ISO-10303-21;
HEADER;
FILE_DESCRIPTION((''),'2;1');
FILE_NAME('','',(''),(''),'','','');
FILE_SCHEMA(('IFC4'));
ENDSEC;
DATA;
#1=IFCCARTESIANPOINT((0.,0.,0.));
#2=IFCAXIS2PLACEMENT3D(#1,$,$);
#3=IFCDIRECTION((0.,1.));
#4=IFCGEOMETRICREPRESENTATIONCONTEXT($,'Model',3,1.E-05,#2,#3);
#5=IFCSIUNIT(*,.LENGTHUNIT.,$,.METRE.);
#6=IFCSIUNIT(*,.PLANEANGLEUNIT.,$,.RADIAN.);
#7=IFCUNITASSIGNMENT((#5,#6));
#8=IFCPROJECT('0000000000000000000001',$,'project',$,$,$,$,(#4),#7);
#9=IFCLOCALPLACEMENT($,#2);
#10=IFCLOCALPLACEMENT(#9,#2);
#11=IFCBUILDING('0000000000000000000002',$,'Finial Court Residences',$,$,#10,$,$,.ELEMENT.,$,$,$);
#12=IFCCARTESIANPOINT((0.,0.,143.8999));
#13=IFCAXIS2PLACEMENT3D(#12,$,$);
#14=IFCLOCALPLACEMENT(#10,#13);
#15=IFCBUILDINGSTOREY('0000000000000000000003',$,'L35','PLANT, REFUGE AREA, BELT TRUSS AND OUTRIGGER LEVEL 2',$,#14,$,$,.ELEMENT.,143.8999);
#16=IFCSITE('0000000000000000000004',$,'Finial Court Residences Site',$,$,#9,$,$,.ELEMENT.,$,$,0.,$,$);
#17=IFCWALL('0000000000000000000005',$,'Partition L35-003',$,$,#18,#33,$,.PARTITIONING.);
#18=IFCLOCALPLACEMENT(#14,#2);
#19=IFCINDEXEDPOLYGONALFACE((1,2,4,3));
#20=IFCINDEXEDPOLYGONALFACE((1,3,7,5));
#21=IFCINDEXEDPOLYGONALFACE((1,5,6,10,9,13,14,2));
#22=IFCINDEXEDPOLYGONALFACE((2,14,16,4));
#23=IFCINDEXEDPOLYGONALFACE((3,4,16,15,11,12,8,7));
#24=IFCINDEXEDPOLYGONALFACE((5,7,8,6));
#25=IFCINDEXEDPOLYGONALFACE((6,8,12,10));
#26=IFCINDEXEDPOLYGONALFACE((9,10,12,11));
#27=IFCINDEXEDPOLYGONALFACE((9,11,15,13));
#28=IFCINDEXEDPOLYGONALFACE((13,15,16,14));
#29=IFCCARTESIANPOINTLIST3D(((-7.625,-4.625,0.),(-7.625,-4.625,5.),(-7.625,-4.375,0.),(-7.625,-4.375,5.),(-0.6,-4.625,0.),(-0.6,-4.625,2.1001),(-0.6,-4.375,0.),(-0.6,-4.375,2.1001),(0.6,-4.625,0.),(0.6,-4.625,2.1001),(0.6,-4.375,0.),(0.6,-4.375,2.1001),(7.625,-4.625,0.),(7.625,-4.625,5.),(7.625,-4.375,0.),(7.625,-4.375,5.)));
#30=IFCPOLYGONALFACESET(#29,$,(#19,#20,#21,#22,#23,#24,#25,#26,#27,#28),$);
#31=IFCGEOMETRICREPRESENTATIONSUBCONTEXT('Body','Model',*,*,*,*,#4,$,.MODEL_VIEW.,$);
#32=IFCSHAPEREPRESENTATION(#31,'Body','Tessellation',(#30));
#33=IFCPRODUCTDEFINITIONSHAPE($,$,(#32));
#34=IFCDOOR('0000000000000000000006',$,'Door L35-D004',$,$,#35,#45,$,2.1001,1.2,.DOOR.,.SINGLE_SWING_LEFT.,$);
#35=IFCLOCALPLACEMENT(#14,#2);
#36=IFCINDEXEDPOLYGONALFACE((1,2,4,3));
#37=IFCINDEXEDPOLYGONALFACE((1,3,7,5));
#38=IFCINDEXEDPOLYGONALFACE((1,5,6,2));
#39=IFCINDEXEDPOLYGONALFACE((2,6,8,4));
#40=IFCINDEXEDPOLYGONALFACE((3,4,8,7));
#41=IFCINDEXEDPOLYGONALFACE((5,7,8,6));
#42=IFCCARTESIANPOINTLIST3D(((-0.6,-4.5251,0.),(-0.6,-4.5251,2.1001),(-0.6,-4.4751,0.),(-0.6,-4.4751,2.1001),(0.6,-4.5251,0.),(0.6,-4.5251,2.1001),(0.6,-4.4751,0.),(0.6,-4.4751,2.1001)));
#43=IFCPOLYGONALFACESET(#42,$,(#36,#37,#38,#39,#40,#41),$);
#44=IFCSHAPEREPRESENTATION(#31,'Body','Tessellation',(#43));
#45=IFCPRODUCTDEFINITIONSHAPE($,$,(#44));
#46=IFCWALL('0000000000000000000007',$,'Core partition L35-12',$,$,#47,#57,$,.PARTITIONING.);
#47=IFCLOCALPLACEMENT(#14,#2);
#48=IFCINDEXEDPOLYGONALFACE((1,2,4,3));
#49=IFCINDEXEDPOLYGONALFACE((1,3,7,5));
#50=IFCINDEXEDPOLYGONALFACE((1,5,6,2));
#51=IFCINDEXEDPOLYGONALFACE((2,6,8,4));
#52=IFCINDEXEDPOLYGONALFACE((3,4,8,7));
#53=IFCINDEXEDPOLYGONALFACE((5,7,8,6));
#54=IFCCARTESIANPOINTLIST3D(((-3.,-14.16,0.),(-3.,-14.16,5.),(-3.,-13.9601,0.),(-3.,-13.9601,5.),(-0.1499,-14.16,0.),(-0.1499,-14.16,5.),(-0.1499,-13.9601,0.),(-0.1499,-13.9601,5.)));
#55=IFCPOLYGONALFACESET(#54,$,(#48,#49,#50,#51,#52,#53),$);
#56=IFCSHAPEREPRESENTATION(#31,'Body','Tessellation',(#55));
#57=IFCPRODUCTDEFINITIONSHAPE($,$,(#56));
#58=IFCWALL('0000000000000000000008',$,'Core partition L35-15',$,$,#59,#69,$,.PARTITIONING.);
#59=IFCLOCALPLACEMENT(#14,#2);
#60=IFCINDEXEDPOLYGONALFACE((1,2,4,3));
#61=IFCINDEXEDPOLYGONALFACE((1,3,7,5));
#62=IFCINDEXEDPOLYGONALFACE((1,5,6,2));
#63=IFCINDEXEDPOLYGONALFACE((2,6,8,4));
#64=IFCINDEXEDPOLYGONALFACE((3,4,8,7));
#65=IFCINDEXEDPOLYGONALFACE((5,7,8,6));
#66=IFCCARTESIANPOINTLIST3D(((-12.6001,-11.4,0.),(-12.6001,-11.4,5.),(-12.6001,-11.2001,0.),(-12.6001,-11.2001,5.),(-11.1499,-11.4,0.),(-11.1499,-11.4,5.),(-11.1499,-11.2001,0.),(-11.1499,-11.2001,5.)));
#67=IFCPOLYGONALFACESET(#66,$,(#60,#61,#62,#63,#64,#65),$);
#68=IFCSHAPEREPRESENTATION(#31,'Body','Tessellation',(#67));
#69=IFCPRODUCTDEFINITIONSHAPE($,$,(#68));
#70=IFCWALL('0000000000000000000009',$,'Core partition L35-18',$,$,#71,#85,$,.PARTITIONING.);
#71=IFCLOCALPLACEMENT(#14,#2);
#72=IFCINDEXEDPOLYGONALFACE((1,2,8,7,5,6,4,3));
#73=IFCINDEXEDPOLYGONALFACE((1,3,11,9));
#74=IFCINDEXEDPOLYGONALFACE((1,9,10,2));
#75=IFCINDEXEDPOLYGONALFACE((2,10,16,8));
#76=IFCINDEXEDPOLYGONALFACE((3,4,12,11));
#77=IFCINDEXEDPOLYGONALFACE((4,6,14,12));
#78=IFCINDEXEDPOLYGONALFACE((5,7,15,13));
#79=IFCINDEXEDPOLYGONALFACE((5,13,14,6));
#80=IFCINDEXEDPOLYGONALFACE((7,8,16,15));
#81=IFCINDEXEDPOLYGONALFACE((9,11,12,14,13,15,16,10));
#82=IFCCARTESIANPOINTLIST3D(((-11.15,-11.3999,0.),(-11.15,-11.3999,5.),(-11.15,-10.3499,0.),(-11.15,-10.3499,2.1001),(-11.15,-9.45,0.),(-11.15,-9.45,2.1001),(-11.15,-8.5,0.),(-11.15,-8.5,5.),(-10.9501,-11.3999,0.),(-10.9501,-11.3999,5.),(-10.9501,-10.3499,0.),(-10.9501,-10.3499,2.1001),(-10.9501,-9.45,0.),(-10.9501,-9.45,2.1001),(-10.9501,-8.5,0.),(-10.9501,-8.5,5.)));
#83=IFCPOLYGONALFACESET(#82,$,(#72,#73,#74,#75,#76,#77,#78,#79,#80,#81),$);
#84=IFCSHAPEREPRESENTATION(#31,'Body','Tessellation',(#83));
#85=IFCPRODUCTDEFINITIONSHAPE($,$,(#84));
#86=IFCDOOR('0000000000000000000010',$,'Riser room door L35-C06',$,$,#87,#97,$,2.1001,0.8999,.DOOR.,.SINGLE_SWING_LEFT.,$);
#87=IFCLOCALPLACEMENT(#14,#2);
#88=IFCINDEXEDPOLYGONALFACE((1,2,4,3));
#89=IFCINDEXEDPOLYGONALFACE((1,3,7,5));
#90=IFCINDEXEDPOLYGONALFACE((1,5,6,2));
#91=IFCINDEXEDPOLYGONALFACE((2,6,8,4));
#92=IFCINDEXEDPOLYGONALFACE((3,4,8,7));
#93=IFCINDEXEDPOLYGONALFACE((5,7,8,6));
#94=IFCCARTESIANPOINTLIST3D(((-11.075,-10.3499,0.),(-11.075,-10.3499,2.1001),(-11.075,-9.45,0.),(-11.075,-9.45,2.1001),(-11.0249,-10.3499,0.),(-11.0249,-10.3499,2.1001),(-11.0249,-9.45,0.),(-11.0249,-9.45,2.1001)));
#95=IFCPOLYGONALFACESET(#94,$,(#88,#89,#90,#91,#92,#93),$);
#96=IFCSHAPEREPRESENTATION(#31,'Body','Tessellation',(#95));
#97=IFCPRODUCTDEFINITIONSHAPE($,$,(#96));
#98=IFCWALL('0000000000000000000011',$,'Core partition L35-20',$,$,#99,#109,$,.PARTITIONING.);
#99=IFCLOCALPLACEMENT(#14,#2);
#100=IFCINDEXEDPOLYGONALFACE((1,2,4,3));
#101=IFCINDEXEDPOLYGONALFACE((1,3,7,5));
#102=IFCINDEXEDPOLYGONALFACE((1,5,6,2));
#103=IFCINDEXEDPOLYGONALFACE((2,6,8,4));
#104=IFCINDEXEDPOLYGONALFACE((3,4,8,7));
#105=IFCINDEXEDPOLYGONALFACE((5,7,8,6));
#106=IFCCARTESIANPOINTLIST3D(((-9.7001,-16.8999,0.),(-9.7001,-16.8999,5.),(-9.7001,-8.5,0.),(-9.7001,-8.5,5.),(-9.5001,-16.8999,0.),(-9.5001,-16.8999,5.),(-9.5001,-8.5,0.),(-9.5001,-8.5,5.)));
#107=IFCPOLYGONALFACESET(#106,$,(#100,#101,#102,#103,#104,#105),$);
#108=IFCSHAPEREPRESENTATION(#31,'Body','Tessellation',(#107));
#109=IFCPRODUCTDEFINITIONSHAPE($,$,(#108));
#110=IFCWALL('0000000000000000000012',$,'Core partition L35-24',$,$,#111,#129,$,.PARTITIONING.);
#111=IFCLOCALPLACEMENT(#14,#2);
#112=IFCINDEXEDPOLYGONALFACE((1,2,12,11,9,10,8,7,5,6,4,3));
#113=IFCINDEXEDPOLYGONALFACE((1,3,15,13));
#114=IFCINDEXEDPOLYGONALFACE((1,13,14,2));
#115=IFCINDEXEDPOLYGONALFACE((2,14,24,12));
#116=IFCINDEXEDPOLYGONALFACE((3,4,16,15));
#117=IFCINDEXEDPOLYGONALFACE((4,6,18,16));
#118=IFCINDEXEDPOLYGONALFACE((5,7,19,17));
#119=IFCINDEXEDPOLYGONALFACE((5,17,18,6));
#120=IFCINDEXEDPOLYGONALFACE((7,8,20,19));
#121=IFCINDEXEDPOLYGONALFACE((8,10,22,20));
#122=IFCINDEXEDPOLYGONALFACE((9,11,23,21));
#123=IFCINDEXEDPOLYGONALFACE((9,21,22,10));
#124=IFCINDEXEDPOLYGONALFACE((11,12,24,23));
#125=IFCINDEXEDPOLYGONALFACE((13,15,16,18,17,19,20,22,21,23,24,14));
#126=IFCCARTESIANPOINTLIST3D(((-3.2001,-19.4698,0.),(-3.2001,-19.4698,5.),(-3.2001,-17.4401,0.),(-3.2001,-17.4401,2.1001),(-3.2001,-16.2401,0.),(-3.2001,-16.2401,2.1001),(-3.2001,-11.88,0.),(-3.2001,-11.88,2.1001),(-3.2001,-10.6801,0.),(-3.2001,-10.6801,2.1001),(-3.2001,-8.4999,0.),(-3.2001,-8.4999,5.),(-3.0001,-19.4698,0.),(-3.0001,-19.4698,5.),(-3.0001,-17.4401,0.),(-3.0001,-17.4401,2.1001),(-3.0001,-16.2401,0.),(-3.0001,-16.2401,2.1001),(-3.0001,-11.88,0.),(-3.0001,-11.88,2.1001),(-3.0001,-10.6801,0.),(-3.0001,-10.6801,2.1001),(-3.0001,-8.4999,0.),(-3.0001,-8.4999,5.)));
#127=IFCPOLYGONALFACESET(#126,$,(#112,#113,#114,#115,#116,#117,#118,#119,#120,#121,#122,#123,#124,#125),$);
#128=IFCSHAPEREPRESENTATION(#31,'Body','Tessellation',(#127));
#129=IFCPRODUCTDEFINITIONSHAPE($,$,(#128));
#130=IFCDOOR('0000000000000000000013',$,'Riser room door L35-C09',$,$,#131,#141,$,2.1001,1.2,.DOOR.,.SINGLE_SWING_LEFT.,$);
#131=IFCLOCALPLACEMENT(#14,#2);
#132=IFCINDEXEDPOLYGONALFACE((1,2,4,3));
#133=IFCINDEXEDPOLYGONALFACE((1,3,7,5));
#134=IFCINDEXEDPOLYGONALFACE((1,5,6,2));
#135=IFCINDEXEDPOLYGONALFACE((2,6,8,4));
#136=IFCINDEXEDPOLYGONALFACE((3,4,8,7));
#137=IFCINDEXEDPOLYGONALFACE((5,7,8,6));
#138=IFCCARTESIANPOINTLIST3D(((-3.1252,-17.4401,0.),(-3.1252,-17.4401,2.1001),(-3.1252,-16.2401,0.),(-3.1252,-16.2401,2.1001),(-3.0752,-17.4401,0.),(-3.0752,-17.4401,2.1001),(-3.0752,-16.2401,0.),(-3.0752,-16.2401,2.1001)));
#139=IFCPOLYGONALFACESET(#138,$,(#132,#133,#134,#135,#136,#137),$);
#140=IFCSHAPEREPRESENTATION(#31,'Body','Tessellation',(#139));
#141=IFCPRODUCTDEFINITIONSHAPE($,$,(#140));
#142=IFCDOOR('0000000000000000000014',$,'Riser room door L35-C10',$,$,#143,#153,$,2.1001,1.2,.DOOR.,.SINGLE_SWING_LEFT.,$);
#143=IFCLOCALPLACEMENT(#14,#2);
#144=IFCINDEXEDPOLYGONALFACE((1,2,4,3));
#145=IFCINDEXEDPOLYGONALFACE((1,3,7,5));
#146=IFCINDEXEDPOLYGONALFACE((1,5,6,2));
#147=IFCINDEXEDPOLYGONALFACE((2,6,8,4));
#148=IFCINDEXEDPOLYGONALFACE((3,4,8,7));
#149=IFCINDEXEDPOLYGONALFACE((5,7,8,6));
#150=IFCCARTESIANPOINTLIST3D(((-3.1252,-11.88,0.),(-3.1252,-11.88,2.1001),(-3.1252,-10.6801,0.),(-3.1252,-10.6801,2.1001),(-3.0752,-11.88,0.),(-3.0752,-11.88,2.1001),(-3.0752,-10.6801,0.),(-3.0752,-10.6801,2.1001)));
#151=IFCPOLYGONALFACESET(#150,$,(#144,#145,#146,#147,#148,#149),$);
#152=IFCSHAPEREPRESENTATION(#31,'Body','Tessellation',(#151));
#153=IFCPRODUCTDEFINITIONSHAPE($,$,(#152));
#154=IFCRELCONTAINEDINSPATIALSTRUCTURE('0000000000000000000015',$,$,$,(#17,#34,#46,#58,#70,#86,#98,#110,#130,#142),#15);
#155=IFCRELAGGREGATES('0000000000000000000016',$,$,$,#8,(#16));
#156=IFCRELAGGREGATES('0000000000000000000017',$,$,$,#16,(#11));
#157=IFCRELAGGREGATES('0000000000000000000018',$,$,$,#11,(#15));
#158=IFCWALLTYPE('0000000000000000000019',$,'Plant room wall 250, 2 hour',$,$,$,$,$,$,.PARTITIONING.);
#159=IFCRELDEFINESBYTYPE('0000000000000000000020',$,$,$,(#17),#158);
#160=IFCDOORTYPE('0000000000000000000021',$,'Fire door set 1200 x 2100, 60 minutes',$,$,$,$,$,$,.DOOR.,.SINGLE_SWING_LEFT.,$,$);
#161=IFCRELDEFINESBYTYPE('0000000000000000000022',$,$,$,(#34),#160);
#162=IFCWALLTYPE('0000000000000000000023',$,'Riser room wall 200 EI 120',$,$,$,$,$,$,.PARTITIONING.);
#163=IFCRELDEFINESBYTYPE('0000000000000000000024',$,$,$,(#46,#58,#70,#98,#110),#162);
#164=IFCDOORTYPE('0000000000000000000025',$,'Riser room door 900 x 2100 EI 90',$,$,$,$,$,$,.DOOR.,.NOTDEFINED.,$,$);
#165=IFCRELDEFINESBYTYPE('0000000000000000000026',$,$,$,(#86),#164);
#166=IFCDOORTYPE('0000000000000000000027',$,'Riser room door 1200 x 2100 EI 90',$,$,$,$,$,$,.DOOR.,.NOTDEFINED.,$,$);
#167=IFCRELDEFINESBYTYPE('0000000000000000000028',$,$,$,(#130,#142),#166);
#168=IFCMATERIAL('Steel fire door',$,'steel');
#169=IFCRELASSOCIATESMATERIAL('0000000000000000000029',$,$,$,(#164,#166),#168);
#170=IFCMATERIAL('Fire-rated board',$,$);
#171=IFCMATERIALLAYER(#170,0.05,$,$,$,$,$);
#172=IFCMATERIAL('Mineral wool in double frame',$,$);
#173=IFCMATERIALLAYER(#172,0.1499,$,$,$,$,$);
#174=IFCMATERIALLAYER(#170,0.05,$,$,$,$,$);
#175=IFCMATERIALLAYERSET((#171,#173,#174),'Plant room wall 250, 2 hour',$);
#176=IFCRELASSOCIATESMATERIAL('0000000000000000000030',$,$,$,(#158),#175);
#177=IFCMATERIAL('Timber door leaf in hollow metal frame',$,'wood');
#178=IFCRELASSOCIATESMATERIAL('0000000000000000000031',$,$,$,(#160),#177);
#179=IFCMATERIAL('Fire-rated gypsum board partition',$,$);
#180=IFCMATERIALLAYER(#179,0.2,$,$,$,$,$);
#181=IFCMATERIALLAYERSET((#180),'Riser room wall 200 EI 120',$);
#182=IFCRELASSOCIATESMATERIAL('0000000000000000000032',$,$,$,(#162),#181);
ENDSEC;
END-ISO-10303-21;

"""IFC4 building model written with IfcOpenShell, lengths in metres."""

from ifc_helpers import new_model, si_unit, direction, frame, frame_2d, origin, place, context, subcontext, project, spatial, rectangle, extrude, material, layer, layer_set, type_object, element, fill, save


model = new_model("IFC4")

# Units and contexts
model_context = context("Model", 3, precision=1e-05, world=origin(), true_north=direction((0.0, 1.0)))
body_context = subcontext(model_context, "Body", "Model", "MODEL_VIEW")
ifc_project = project(units=[si_unit("LENGTHUNIT", "METRE"), si_unit("PLANEANGLEUNIT", "RADIAN")], contexts=[model_context])

# Site, building, storey
site_placement = place(None, origin())
site = spatial("IfcSite", under=ifc_project, at=site_placement, Name="Finial Court Residences Site", CompositionType="ELEMENT", RefElevation=0.0)
building_placement = place(site_placement, origin())
building = spatial("IfcBuilding", under=site, at=building_placement, Name="Finial Court Residences", CompositionType="ELEMENT")
storey_placement = place(building_placement, frame((0.0, 0.0, 143.8999)))
storey = spatial("IfcBuildingStorey", under=building, at=storey_placement, Name="L35", Description="PLANT, REFUGE AREA, BELT TRUSS AND OUTRIGGER LEVEL 2", CompositionType="ELEMENT", Elevation=143.8999)

# Shared definitions
ifc_material_1 = material(Name="Steel fire door", Category="steel")
door_type_1 = type_object("IfcDoorType", Name="Riser room door 900 x 2100 EI 90", OperationType="NOTDEFINED", PredefinedType="DOOR", material=ifc_material_1)

# Wall, opening, door
ifc_material_2 = material(Name="Fire-rated board")
ifc_layer_1 = layer(ifc_material_2, 0.05)
ifc_material_3 = material(Name="Mineral wool in double frame")
ifc_layer_2 = layer(ifc_material_3, 0.1499)
ifc_layer_3 = layer(ifc_material_2, 0.05)
ifc_layer_set_1 = layer_set([ifc_layer_1, ifc_layer_2, ifc_layer_3], Name="Plant room wall 250, 2 hour")
wall_type_1 = type_object("IfcWallType", Name="Plant room wall 250, 2 hour", PredefinedType="PARTITIONING", material=ifc_layer_set_1)
wall_1_placement = place(storey_placement, frame((-7.625, -4.5, 0.0), z_axis=(0.0, 0.0, 1.0), x_axis=(1.0, 0.0, 0.0)))
wall_1 = element("IfcWall", 1, at=wall_1_placement, inside=storey, type_object=wall_type_1, Name="Partition L35-003", PredefinedType="PARTITIONING", context=body_context, shape_type="SweptSolid", body=[
    extrude(rectangle(XDim=15.25, YDim=0.25, at=frame_2d((7.625, 0.0))), origin(), (0.0, 0.0, 1.0), 5.0),
])
opening_1_placement = place(wall_1_placement, frame((7.0249, 0.0, 0.0)))
opening_1 = element("IfcOpeningElement", 2, at=opening_1_placement, cuts=wall_1, PredefinedType="OPENING", context=body_context, shape_type="SweptSolid", body=[
    extrude(rectangle(XDim=1.2, YDim=2.1001, at=frame_2d((0.6001, 1.05))), frame((0.0, 0.135, 0.0), z_axis=(0.0, -1.0, 0.0), x_axis=(1.0, 0.0, 0.0)), (0.0, 0.0, 1.0), 0.27),
])
ifc_material_4 = material(Name="Timber door leaf in hollow metal frame", Category="wood")
door_type_2 = type_object("IfcDoorType", Name="Fire door set 1200 x 2100, 60 minutes", OperationType="SINGLE_SWING_LEFT", PredefinedType="DOOR", material=ifc_material_4)
door_1_placement = place(opening_1_placement, origin())
door_1 = element("IfcDoor", 3, at=door_1_placement, inside=storey, type_object=door_type_2, Name="Door L35-D004", OperationType="SINGLE_SWING_LEFT", OverallHeight=2.1001, OverallWidth=1.2, PredefinedType="DOOR", context=body_context, shape_type="SweptSolid", body=[
    extrude(rectangle(XDim=1.2, YDim=2.1001, at=frame_2d((0.6001, 1.05))), frame((0.0, 0.0249, 0.0), z_axis=(0.0, -1.0, 0.0), x_axis=(1.0, 0.0, 0.0)), (0.0, 0.0, 1.0), 0.05),
])
fill(opening_1, door_1)

# Walls
ifc_material_5 = material(Name="Fire-rated gypsum board partition")
ifc_layer_4 = layer(ifc_material_5, 0.2)
ifc_layer_set_2 = layer_set([ifc_layer_4], Name="Riser room wall 200 EI 120")
wall_type_2 = type_object("IfcWallType", Name="Riser room wall 200 EI 120", PredefinedType="PARTITIONING", material=ifc_layer_set_2)
wall_2_placement = place(storey_placement, frame((-3.0, -14.0601, 0.0), z_axis=(0.0, 0.0, 1.0), x_axis=(1.0, 0.0, 0.0)))
element("IfcWall", 4, at=wall_2_placement, inside=storey, type_object=wall_type_2, Name="Core partition L35-12", PredefinedType="PARTITIONING", context=body_context, shape_type="SweptSolid", body=[
    extrude(rectangle(XDim=2.8501, YDim=0.2, at=frame_2d((1.425, 0.0))), origin(), (0.0, 0.0, 1.0), 5.0),
])
wall_3_placement = place(storey_placement, frame((-12.6001, -11.3, 0.0), z_axis=(0.0, 0.0, 1.0), x_axis=(1.0, 0.0, 0.0)))
element("IfcWall", 5, at=wall_3_placement, inside=storey, type_object=wall_type_2, Name="Core partition L35-15", PredefinedType="PARTITIONING", context=body_context, shape_type="SweptSolid", body=[
    extrude(rectangle(XDim=1.4502, YDim=0.2, at=frame_2d((0.7251, 0.0))), origin(), (0.0, 0.0, 1.0), 5.0),
])

# Wall, opening, door
wall_4_placement = place(storey_placement, frame((-11.05, -11.3999, 0.0), z_axis=(0.0, 0.0, 1.0), x_axis=(0.0, 1.0, 0.0)))
wall_4 = element("IfcWall", 6, at=wall_4_placement, inside=storey, type_object=wall_type_2, Name="Core partition L35-18", PredefinedType="PARTITIONING", context=body_context, shape_type="SweptSolid", body=[
    extrude(rectangle(XDim=2.8999, YDim=0.2, at=frame_2d((1.45, 0.0))), origin(), (0.0, 0.0, 1.0), 5.0),
])
opening_2_placement = place(wall_4_placement, frame((1.05, 0.0, 0.0)))
opening_2 = element("IfcOpeningElement", 7, at=opening_2_placement, cuts=wall_4, PredefinedType="OPENING", context=body_context, shape_type="SweptSolid", body=[
    extrude(rectangle(XDim=0.8999, YDim=2.1001, at=frame_2d((0.45, 1.05))), frame((0.0, 0.1099, 0.0), z_axis=(0.0, -1.0, 0.0), x_axis=(1.0, 0.0, 0.0)), (0.0, 0.0, 1.0), 0.22),
])
door_2_placement = place(opening_2_placement, origin())
door_2 = element("IfcDoor", 8, at=door_2_placement, inside=storey, type_object=door_type_1, Name="Riser room door L35-C06", OperationType="SINGLE_SWING_LEFT", OverallHeight=2.1001, OverallWidth=0.8999, PredefinedType="DOOR", context=body_context, shape_type="SweptSolid", body=[
    extrude(rectangle(XDim=0.8999, YDim=2.1001, at=frame_2d((0.45, 1.05))), frame((0.0, 0.0249, 0.0), z_axis=(0.0, -1.0, 0.0), x_axis=(1.0, 0.0, 0.0)), (0.0, 0.0, 1.0), 0.05),
])
fill(opening_2, door_2)

# Wall
wall_5_placement = place(storey_placement, frame((-9.6001, -16.8999, 0.0), z_axis=(0.0, 0.0, 1.0), x_axis=(0.0, 1.0, 0.0)))
element("IfcWall", 9, at=wall_5_placement, inside=storey, type_object=wall_type_2, Name="Core partition L35-20", PredefinedType="PARTITIONING", context=body_context, shape_type="SweptSolid", body=[
    extrude(rectangle(XDim=8.3999, YDim=0.2, at=frame_2d((4.2, 0.0))), origin(), (0.0, 0.0, 1.0), 5.0),
])

# Wall, openings, doors
wall_6_placement = place(storey_placement, frame((-3.1001, -8.5, 0.0), z_axis=(0.0, 0.0, 1.0), x_axis=(0.0, -1.0, 0.0)))
wall_6 = element("IfcWall", 10, at=wall_6_placement, inside=storey, type_object=wall_type_2, Name="Core partition L35-24", PredefinedType="PARTITIONING", context=body_context, shape_type="SweptSolid", body=[
    extrude(rectangle(XDim=10.97, YDim=0.2, at=frame_2d((5.4849, 0.0))), origin(), (0.0, 0.0, 1.0), 5.0),
])
opening_3_placement = place(wall_6_placement, frame((7.74, 0.0, 0.0)))
opening_3 = element("IfcOpeningElement", 11, at=opening_3_placement, cuts=wall_6, PredefinedType="OPENING", context=body_context, shape_type="SweptSolid", body=[
    extrude(rectangle(XDim=1.2, YDim=2.1001, at=frame_2d((0.6001, 1.05))), frame((0.0, 0.1099, 0.0), z_axis=(0.0, -1.0, 0.0), x_axis=(1.0, 0.0, 0.0)), (0.0, 0.0, 1.0), 0.22),
])
opening_4_placement = place(wall_6_placement, frame((2.1799, 0.0, 0.0)))
opening_4 = element("IfcOpeningElement", 12, at=opening_4_placement, cuts=wall_6, PredefinedType="OPENING", context=body_context, shape_type="SweptSolid", body=[
    extrude(rectangle(XDim=1.2, YDim=2.1001, at=frame_2d((0.6001, 1.05))), frame((0.0, 0.1099, 0.0), z_axis=(0.0, -1.0, 0.0), x_axis=(1.0, 0.0, 0.0)), (0.0, 0.0, 1.0), 0.22),
])
door_type_3 = type_object("IfcDoorType", Name="Riser room door 1200 x 2100 EI 90", OperationType="NOTDEFINED", PredefinedType="DOOR", material=ifc_material_1)
door_3_placement = place(opening_3_placement, origin())
door_3 = element("IfcDoor", 13, at=door_3_placement, inside=storey, type_object=door_type_3, Name="Riser room door L35-C09", OperationType="SINGLE_SWING_LEFT", OverallHeight=2.1001, OverallWidth=1.2, PredefinedType="DOOR", context=body_context, shape_type="SweptSolid", body=[
    extrude(rectangle(XDim=1.2, YDim=2.1001, at=frame_2d((0.6001, 1.05))), frame((0.0, 0.0249, 0.0), z_axis=(0.0, -1.0, 0.0), x_axis=(1.0, 0.0, 0.0)), (0.0, 0.0, 1.0), 0.05),
])
fill(opening_3, door_3)
door_4_placement = place(opening_4_placement, origin())
door_4 = element("IfcDoor", 14, at=door_4_placement, inside=storey, type_object=door_type_3, Name="Riser room door L35-C10", OperationType="SINGLE_SWING_LEFT", OverallHeight=2.1001, OverallWidth=1.2, PredefinedType="DOOR", context=body_context, shape_type="SweptSolid", body=[
    extrude(rectangle(XDim=1.2, YDim=2.1001, at=frame_2d((0.6001, 1.05))), frame((0.0, 0.0249, 0.0), z_axis=(0.0, -1.0, 0.0), x_axis=(1.0, 0.0, 0.0)), (0.0, 0.0, 1.0), 0.05),
])
fill(opening_4, door_4)

save(model, "model.ifc")
